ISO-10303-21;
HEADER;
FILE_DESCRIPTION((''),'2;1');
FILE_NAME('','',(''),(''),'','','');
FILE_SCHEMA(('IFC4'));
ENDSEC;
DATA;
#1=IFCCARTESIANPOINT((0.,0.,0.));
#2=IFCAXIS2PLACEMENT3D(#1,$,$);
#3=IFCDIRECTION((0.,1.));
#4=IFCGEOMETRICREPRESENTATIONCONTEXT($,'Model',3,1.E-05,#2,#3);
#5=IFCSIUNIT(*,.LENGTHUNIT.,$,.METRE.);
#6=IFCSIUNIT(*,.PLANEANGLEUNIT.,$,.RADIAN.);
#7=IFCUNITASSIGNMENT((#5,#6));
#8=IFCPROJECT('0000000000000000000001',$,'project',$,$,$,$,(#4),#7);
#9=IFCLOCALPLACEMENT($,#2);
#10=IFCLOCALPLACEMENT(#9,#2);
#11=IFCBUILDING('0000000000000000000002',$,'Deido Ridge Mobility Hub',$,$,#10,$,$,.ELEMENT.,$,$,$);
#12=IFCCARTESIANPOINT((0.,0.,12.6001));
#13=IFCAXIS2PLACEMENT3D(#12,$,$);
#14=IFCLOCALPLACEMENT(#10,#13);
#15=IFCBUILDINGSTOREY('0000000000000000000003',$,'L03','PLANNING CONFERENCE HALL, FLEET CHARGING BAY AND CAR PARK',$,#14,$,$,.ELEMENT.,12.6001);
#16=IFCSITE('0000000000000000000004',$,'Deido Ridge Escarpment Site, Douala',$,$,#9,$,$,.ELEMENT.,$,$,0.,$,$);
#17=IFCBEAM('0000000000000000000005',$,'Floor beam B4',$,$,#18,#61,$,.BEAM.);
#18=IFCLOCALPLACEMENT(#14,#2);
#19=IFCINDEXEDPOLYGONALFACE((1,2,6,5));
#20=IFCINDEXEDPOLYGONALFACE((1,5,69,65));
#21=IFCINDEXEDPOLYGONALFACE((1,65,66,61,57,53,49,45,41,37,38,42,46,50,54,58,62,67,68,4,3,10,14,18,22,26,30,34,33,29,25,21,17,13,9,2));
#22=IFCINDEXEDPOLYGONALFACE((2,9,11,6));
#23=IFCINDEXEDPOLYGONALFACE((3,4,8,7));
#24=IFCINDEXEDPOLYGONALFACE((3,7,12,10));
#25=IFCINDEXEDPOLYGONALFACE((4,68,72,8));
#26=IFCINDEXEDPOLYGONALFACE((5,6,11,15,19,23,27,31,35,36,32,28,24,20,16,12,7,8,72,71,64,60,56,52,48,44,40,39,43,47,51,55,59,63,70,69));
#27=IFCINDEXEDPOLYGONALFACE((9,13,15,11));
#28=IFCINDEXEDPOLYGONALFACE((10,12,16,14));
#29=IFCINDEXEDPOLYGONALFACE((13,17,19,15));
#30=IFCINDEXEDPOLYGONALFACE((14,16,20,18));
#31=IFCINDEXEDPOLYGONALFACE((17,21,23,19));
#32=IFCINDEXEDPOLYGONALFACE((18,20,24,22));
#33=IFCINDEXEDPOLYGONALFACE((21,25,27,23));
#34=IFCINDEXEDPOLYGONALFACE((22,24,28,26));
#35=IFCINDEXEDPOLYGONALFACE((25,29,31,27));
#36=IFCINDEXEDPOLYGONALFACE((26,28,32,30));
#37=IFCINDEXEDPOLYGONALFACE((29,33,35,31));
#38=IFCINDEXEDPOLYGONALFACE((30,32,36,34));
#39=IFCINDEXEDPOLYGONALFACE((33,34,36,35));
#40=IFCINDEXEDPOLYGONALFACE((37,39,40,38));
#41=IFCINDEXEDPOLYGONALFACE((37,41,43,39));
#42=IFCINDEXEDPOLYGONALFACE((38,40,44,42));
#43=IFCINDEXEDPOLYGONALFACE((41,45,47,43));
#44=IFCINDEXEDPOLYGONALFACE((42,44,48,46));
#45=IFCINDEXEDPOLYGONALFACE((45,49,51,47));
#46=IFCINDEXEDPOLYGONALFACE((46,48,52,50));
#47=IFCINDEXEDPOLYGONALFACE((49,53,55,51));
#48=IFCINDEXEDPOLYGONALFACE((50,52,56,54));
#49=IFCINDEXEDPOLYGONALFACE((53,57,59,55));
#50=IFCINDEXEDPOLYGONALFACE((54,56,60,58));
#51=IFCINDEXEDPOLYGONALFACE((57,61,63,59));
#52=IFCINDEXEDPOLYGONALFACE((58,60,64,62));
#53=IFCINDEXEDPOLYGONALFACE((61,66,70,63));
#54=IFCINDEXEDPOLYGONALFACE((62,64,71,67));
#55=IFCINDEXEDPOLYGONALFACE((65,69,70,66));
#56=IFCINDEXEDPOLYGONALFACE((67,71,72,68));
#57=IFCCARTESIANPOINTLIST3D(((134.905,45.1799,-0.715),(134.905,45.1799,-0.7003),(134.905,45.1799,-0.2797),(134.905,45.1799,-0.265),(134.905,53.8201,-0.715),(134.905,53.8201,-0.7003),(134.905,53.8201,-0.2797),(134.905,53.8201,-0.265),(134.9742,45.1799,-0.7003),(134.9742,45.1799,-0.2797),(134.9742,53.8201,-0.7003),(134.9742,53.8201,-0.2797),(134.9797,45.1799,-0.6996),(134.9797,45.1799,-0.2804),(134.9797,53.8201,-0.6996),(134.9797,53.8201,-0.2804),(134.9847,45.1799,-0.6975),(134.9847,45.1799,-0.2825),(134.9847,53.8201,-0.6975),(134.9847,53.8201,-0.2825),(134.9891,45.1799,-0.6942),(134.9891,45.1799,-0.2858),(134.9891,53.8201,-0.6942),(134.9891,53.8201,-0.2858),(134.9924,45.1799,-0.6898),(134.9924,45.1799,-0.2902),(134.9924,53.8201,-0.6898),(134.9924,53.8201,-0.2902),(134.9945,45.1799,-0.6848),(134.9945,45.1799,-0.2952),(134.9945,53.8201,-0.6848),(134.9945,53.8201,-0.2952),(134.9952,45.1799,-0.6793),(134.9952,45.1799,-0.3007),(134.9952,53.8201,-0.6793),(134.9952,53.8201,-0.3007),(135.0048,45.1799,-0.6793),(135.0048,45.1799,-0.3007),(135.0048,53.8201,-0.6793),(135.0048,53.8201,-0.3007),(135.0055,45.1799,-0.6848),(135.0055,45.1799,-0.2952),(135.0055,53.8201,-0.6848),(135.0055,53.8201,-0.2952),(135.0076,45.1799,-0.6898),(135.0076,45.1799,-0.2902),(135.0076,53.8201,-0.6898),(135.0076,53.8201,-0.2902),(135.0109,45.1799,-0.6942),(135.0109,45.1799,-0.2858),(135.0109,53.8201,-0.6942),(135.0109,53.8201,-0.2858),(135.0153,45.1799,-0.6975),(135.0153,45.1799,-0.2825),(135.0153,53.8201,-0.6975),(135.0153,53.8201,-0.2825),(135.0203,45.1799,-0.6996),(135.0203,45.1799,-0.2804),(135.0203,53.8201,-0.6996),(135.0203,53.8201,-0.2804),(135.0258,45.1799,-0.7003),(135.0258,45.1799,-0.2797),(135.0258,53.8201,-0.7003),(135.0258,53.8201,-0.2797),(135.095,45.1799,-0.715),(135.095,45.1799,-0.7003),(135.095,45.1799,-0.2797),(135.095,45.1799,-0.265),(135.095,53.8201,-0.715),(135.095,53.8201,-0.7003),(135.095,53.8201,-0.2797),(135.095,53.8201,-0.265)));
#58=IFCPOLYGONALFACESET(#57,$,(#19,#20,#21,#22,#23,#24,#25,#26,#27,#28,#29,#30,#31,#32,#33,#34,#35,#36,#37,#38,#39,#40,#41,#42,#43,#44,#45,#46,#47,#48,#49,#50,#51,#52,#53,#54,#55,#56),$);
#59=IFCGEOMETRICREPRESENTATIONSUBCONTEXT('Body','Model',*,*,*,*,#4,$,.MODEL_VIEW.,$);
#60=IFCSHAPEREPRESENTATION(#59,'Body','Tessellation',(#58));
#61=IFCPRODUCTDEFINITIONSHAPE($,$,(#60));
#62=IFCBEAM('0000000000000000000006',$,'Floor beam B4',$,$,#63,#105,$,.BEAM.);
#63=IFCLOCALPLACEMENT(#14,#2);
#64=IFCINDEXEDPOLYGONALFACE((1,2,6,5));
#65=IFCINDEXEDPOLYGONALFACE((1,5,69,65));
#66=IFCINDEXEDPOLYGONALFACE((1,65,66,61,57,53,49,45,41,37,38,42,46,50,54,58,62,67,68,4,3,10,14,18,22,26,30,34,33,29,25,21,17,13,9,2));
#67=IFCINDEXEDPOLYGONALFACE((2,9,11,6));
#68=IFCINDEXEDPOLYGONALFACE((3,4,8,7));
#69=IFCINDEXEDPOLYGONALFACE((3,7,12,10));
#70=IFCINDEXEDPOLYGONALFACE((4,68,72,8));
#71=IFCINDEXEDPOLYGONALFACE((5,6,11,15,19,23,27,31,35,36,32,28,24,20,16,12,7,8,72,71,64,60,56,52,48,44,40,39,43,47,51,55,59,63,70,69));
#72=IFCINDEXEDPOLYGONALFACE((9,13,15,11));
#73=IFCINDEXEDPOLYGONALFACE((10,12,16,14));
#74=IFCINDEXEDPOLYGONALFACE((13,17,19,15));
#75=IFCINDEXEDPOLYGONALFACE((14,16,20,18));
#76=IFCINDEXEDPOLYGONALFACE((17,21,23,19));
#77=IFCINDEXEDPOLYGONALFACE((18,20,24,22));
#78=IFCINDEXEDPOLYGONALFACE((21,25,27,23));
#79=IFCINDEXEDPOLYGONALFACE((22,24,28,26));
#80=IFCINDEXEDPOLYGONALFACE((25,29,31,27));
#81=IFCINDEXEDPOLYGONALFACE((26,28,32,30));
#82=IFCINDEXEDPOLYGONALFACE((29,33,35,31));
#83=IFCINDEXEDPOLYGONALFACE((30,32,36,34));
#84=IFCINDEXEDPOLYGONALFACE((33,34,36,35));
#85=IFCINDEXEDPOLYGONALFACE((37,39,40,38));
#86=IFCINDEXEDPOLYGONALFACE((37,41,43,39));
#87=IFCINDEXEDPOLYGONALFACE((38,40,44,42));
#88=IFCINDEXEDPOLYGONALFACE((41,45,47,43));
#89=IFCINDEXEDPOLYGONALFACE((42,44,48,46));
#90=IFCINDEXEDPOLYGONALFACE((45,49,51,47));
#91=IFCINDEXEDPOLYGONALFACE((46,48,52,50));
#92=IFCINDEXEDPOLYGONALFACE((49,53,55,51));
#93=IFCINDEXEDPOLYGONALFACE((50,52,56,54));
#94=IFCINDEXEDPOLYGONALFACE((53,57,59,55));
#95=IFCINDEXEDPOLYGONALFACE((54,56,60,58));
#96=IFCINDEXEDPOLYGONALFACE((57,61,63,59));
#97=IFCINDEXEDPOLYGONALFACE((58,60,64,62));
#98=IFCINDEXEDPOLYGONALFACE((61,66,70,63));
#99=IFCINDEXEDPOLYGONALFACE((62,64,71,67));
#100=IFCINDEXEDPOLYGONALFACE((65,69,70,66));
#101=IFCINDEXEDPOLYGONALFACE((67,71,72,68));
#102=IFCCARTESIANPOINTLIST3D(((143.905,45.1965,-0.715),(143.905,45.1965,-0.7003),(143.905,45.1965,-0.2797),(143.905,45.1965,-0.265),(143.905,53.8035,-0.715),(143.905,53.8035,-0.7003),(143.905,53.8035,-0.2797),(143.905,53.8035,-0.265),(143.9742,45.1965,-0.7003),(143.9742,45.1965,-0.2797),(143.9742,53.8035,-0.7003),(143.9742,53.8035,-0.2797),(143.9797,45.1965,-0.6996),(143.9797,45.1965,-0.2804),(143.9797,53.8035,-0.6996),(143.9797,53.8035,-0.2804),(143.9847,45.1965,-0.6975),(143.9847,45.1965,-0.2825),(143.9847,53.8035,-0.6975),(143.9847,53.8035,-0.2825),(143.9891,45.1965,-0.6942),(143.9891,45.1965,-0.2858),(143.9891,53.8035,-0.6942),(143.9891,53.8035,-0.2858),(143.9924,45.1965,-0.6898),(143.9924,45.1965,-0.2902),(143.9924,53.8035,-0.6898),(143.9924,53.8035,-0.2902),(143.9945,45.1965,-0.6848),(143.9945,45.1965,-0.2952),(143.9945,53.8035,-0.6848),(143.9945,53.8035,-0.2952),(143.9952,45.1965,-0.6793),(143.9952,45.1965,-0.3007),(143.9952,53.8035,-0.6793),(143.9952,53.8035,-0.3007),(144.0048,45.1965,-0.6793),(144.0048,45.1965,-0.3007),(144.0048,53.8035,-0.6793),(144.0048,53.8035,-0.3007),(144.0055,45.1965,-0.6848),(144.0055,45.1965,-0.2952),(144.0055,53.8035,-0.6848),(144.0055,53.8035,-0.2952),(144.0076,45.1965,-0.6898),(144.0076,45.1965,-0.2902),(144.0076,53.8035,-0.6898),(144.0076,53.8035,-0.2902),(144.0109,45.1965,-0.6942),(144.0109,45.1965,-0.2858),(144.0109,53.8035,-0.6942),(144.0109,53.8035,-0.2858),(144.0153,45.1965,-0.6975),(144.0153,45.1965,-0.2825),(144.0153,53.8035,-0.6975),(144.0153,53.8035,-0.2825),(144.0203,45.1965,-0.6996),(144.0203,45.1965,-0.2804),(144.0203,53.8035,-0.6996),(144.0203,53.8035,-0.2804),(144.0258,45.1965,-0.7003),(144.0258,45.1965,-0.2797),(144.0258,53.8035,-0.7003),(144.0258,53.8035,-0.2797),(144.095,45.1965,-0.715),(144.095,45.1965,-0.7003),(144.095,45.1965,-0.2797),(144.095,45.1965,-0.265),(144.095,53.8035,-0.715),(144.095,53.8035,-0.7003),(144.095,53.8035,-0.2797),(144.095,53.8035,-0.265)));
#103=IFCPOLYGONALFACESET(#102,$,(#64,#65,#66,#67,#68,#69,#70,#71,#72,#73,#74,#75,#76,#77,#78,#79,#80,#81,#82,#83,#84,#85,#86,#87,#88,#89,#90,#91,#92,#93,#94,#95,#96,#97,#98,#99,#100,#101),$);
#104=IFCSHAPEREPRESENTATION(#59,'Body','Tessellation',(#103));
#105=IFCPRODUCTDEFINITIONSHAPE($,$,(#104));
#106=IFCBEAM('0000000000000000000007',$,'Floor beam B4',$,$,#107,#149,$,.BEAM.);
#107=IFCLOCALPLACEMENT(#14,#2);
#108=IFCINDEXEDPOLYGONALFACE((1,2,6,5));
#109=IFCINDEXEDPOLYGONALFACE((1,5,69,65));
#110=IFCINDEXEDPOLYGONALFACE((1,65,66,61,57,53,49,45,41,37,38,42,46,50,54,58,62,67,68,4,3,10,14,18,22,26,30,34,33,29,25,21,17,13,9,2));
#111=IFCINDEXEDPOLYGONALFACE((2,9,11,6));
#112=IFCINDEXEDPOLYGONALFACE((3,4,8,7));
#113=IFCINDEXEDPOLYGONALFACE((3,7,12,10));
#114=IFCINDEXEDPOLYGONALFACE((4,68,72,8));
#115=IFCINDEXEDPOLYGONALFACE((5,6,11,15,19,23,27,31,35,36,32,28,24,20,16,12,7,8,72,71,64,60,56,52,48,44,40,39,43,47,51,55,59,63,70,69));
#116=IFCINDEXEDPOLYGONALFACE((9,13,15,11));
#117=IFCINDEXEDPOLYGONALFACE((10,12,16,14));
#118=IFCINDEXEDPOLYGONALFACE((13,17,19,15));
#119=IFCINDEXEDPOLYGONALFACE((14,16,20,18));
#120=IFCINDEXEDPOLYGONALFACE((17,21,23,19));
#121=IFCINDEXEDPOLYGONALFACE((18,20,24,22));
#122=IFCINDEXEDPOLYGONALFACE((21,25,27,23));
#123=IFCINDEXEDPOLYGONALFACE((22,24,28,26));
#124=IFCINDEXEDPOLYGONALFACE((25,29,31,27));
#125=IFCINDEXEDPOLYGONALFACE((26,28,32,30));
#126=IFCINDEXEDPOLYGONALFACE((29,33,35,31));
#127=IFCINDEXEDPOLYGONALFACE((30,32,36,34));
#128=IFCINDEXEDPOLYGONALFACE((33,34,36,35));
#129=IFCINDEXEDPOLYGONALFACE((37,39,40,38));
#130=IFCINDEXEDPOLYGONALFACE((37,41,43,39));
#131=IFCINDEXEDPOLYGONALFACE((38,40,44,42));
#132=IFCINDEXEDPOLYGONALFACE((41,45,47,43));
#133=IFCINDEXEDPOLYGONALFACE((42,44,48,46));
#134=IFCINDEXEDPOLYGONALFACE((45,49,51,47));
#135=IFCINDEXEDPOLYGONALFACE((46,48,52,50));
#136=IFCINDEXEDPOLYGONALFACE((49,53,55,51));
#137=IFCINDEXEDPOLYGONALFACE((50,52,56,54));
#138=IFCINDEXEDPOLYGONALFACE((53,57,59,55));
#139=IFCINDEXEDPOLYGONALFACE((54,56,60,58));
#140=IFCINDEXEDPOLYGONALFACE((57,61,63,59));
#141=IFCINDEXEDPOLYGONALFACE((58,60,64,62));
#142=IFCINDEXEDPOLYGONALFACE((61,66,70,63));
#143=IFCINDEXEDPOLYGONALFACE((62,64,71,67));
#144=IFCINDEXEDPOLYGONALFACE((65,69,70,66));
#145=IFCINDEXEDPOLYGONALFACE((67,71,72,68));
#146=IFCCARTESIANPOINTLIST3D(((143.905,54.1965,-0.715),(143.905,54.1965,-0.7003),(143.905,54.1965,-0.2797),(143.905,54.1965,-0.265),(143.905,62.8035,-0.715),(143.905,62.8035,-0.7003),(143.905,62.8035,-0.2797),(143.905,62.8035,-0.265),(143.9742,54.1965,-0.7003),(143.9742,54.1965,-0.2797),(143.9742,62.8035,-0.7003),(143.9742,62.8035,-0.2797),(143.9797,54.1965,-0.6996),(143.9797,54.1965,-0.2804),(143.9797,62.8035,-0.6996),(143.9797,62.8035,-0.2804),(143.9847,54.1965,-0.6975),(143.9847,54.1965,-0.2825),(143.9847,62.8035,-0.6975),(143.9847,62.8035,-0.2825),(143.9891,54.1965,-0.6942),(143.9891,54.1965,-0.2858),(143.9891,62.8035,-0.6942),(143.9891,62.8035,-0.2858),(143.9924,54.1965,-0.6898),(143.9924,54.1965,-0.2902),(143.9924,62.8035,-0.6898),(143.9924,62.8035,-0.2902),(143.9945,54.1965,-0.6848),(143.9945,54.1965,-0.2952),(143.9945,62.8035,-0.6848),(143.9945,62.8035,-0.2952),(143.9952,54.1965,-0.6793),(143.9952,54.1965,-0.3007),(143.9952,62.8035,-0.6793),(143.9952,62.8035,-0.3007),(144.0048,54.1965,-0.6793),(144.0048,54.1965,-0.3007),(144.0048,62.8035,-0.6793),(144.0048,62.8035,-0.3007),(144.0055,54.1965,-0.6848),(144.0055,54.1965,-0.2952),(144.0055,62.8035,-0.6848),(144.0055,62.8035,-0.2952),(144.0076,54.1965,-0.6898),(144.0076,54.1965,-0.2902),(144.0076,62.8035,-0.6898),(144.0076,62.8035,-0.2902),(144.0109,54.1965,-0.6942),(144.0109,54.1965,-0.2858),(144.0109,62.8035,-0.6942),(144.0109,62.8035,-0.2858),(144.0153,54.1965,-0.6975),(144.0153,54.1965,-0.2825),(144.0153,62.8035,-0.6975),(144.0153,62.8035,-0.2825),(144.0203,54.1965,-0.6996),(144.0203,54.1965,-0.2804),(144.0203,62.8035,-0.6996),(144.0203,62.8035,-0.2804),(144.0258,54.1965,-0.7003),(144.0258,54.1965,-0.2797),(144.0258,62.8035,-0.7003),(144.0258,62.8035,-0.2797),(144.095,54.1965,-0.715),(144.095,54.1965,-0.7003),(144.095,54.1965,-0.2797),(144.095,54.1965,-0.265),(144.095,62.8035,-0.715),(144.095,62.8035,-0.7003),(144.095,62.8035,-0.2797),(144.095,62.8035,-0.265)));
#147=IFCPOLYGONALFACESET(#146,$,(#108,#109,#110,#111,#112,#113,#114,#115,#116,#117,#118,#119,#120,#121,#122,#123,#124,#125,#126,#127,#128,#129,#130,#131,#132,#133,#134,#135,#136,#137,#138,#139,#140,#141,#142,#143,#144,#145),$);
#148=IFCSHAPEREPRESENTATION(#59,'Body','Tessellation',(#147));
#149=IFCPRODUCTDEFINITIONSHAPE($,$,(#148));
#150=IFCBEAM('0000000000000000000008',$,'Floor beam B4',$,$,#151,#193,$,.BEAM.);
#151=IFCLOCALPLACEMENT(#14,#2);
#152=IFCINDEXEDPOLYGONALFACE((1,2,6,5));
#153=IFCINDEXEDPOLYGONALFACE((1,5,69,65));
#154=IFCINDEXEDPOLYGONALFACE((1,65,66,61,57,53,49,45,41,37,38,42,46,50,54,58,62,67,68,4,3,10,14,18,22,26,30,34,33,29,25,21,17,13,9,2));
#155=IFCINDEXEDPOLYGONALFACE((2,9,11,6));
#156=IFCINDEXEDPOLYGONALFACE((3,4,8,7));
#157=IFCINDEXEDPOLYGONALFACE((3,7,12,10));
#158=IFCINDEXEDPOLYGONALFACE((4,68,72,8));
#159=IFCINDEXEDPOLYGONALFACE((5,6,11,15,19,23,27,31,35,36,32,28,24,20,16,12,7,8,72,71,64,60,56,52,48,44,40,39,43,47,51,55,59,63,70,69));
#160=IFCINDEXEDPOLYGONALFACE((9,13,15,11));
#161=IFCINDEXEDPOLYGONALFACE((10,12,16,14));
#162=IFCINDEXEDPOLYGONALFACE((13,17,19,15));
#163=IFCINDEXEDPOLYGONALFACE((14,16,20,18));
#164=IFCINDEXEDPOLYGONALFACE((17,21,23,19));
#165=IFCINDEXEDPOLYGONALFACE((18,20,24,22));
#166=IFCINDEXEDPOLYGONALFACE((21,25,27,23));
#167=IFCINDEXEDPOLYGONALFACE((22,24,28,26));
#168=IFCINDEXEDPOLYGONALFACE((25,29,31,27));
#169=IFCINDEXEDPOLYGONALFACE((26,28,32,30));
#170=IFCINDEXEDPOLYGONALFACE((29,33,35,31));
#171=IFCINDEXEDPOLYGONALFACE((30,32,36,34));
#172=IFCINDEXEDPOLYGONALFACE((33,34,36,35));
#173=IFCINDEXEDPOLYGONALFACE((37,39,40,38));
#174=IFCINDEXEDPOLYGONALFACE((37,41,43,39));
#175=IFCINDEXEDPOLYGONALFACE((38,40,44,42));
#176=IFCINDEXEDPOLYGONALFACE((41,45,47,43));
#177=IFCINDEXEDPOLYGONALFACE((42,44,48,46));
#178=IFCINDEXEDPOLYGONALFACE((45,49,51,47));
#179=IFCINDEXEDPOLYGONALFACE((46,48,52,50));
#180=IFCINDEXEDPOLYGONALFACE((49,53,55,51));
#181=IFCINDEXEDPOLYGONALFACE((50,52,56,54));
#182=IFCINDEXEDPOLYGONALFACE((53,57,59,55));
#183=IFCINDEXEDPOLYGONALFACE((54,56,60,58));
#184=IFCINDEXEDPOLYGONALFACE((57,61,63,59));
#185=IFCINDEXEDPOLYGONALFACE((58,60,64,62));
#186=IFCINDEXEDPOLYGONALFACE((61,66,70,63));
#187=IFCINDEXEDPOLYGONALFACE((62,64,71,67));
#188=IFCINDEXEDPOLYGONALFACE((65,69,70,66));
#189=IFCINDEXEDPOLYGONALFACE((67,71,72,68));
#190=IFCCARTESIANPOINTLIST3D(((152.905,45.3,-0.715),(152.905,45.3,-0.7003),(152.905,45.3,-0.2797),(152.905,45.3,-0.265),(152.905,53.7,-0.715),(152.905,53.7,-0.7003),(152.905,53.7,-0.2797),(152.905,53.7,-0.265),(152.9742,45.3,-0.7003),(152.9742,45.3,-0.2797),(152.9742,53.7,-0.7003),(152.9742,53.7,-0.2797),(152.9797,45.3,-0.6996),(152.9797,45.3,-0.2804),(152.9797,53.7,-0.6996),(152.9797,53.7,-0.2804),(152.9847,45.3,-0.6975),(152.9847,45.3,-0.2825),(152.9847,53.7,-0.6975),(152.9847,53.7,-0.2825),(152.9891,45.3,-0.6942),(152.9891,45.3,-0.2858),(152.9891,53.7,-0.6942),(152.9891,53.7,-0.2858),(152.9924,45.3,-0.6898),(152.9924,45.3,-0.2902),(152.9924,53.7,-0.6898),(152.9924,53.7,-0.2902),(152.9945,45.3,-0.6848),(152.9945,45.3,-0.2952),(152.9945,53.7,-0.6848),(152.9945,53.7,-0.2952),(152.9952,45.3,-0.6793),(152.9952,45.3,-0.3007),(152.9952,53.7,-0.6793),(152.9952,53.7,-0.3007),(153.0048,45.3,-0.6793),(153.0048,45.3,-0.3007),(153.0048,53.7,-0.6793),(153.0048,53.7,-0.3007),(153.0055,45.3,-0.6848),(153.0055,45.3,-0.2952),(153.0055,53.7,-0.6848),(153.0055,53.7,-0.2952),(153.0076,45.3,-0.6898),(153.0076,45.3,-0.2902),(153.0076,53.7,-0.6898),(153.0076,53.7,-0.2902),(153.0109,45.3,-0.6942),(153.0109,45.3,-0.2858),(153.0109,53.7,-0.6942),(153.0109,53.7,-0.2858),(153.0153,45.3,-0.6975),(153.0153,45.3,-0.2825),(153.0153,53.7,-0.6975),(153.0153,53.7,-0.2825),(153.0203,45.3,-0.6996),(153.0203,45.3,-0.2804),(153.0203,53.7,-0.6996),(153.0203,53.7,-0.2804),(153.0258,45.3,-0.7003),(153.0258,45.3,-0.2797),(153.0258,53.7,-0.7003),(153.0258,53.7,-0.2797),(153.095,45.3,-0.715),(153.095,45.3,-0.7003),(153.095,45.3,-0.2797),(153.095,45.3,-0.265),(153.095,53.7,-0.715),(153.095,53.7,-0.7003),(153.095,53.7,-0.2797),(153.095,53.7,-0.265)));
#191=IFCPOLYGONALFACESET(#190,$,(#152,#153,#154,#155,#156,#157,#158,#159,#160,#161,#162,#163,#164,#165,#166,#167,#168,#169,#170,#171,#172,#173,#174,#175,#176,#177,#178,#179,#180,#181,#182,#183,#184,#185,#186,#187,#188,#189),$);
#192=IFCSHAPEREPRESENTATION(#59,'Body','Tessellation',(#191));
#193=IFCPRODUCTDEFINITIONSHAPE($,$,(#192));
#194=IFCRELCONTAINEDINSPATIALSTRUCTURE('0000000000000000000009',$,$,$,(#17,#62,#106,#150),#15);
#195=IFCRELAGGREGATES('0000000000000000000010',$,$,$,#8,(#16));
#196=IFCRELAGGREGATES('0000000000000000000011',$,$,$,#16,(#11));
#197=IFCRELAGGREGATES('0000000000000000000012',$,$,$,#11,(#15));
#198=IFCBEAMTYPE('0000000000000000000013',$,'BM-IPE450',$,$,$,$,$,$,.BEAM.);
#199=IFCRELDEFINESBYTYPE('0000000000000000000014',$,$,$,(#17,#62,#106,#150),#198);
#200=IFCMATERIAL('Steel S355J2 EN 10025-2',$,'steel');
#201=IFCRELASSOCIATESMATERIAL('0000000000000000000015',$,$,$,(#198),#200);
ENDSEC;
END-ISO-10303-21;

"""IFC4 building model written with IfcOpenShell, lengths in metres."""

from ifc_helpers import new_model, si_unit, direction, frame, origin, origin_2d, place, context, subcontext, project, spatial, i_section, extrude, material, material_profile, profile_set, type_object, element, save


model = new_model("IFC4")

# Units and contexts
model_context = context("Model", 3, precision=1e-05, world=origin(), true_north=direction((0.0, 1.0)))
body_context = subcontext(model_context, "Body", "Model", "MODEL_VIEW")
ifc_project = project(units=[si_unit("LENGTHUNIT", "METRE"), si_unit("PLANEANGLEUNIT", "RADIAN")], contexts=[model_context])

# Site, building, storey
site_placement = place(None, origin())
site = spatial("IfcSite", under=ifc_project, at=site_placement, Name="Deido Ridge Escarpment Site, Douala", CompositionType="ELEMENT", RefElevation=0.0)
building_placement = place(site_placement, origin())
building = spatial("IfcBuilding", under=site, at=building_placement, Name="Deido Ridge Mobility Hub", CompositionType="ELEMENT")
storey_placement = place(building_placement, frame((0.0, 0.0, 12.6001)))
storey = spatial("IfcBuildingStorey", under=building, at=storey_placement, Name="L03", Description="PLANNING CONFERENCE HALL, FLEET CHARGING BAY AND CAR PARK", CompositionType="ELEMENT", Elevation=12.6001)

# Shared definitions
ifc_material_1 = material(Name="Steel S355J2 EN 10025-2", Category="steel")

# Beams
ifc_material_profile_1 = material_profile(ifc_material_1, i_section(OverallWidth=0.1899, OverallDepth=0.45, WebThickness=0.0095, FlangeThickness=0.0146, FilletRadius=0.021, at=origin_2d()), Name="IPE 450")
ifc_profile_set_1 = profile_set([ifc_material_profile_1], Name="Steel S355J2 EN 10025-2")
beam_type_1 = type_object("IfcBeamType", Name="BM-IPE450", PredefinedType="BEAM", material=ifc_profile_set_1)
beam_1_placement = place(storey_placement, frame((135.0, 45.1799, -0.49), z_axis=(0.0, 1.0, 0.0), x_axis=(-1.0, 0.0, 0.0)))
element("IfcBeam", 1, at=beam_1_placement, inside=storey, type_object=beam_type_1, Name="Floor beam B4", PredefinedType="BEAM", context=body_context, shape_type="SweptSolid", body=[
    extrude(i_section(OverallWidth=0.1899, OverallDepth=0.45, WebThickness=0.0095, FlangeThickness=0.0146, FilletRadius=0.021, at=origin_2d()), origin(), (0.0, 0.0, 1.0), 8.6401),
])
for number, where, z_axis, x_axis, name in (
    (2, (144.0, 45.1965, -0.49), (0.0, 1.0, 0.0), (-1.0, 0.0, 0.0), "Floor beam B4"),
    (3, (144.0, 54.1965, -0.49), (0.0, 1.0, 0.0), (-1.0, 0.0, 0.0), "Floor beam B4"),
):
    element("IfcBeam", number, at=place(storey_placement, frame(where, z_axis=z_axis, x_axis=x_axis)), inside=storey, type_object=beam_type_1, Name=name, PredefinedType="BEAM", context=body_context, shape_type="SweptSolid", body=[
        extrude(i_section(OverallWidth=0.1899, OverallDepth=0.45, WebThickness=0.0095, FlangeThickness=0.0146, FilletRadius=0.021, at=origin_2d()), origin(), (0.0, 0.0, 1.0), 8.6069),
    ])
beam_2_placement = place(storey_placement, frame((153.0, 45.3, -0.49), z_axis=(0.0, 1.0, 0.0), x_axis=(-1.0, 0.0, 0.0)))
element("IfcBeam", 4, at=beam_2_placement, inside=storey, type_object=beam_type_1, Name="Floor beam B4", PredefinedType="BEAM", context=body_context, shape_type="SweptSolid", body=[
    extrude(i_section(OverallWidth=0.1899, OverallDepth=0.45, WebThickness=0.0095, FlangeThickness=0.0146, FilletRadius=0.021, at=origin_2d()), origin(), (0.0, 0.0, 1.0), 8.3999),
])

save(model, "model.ifc")
